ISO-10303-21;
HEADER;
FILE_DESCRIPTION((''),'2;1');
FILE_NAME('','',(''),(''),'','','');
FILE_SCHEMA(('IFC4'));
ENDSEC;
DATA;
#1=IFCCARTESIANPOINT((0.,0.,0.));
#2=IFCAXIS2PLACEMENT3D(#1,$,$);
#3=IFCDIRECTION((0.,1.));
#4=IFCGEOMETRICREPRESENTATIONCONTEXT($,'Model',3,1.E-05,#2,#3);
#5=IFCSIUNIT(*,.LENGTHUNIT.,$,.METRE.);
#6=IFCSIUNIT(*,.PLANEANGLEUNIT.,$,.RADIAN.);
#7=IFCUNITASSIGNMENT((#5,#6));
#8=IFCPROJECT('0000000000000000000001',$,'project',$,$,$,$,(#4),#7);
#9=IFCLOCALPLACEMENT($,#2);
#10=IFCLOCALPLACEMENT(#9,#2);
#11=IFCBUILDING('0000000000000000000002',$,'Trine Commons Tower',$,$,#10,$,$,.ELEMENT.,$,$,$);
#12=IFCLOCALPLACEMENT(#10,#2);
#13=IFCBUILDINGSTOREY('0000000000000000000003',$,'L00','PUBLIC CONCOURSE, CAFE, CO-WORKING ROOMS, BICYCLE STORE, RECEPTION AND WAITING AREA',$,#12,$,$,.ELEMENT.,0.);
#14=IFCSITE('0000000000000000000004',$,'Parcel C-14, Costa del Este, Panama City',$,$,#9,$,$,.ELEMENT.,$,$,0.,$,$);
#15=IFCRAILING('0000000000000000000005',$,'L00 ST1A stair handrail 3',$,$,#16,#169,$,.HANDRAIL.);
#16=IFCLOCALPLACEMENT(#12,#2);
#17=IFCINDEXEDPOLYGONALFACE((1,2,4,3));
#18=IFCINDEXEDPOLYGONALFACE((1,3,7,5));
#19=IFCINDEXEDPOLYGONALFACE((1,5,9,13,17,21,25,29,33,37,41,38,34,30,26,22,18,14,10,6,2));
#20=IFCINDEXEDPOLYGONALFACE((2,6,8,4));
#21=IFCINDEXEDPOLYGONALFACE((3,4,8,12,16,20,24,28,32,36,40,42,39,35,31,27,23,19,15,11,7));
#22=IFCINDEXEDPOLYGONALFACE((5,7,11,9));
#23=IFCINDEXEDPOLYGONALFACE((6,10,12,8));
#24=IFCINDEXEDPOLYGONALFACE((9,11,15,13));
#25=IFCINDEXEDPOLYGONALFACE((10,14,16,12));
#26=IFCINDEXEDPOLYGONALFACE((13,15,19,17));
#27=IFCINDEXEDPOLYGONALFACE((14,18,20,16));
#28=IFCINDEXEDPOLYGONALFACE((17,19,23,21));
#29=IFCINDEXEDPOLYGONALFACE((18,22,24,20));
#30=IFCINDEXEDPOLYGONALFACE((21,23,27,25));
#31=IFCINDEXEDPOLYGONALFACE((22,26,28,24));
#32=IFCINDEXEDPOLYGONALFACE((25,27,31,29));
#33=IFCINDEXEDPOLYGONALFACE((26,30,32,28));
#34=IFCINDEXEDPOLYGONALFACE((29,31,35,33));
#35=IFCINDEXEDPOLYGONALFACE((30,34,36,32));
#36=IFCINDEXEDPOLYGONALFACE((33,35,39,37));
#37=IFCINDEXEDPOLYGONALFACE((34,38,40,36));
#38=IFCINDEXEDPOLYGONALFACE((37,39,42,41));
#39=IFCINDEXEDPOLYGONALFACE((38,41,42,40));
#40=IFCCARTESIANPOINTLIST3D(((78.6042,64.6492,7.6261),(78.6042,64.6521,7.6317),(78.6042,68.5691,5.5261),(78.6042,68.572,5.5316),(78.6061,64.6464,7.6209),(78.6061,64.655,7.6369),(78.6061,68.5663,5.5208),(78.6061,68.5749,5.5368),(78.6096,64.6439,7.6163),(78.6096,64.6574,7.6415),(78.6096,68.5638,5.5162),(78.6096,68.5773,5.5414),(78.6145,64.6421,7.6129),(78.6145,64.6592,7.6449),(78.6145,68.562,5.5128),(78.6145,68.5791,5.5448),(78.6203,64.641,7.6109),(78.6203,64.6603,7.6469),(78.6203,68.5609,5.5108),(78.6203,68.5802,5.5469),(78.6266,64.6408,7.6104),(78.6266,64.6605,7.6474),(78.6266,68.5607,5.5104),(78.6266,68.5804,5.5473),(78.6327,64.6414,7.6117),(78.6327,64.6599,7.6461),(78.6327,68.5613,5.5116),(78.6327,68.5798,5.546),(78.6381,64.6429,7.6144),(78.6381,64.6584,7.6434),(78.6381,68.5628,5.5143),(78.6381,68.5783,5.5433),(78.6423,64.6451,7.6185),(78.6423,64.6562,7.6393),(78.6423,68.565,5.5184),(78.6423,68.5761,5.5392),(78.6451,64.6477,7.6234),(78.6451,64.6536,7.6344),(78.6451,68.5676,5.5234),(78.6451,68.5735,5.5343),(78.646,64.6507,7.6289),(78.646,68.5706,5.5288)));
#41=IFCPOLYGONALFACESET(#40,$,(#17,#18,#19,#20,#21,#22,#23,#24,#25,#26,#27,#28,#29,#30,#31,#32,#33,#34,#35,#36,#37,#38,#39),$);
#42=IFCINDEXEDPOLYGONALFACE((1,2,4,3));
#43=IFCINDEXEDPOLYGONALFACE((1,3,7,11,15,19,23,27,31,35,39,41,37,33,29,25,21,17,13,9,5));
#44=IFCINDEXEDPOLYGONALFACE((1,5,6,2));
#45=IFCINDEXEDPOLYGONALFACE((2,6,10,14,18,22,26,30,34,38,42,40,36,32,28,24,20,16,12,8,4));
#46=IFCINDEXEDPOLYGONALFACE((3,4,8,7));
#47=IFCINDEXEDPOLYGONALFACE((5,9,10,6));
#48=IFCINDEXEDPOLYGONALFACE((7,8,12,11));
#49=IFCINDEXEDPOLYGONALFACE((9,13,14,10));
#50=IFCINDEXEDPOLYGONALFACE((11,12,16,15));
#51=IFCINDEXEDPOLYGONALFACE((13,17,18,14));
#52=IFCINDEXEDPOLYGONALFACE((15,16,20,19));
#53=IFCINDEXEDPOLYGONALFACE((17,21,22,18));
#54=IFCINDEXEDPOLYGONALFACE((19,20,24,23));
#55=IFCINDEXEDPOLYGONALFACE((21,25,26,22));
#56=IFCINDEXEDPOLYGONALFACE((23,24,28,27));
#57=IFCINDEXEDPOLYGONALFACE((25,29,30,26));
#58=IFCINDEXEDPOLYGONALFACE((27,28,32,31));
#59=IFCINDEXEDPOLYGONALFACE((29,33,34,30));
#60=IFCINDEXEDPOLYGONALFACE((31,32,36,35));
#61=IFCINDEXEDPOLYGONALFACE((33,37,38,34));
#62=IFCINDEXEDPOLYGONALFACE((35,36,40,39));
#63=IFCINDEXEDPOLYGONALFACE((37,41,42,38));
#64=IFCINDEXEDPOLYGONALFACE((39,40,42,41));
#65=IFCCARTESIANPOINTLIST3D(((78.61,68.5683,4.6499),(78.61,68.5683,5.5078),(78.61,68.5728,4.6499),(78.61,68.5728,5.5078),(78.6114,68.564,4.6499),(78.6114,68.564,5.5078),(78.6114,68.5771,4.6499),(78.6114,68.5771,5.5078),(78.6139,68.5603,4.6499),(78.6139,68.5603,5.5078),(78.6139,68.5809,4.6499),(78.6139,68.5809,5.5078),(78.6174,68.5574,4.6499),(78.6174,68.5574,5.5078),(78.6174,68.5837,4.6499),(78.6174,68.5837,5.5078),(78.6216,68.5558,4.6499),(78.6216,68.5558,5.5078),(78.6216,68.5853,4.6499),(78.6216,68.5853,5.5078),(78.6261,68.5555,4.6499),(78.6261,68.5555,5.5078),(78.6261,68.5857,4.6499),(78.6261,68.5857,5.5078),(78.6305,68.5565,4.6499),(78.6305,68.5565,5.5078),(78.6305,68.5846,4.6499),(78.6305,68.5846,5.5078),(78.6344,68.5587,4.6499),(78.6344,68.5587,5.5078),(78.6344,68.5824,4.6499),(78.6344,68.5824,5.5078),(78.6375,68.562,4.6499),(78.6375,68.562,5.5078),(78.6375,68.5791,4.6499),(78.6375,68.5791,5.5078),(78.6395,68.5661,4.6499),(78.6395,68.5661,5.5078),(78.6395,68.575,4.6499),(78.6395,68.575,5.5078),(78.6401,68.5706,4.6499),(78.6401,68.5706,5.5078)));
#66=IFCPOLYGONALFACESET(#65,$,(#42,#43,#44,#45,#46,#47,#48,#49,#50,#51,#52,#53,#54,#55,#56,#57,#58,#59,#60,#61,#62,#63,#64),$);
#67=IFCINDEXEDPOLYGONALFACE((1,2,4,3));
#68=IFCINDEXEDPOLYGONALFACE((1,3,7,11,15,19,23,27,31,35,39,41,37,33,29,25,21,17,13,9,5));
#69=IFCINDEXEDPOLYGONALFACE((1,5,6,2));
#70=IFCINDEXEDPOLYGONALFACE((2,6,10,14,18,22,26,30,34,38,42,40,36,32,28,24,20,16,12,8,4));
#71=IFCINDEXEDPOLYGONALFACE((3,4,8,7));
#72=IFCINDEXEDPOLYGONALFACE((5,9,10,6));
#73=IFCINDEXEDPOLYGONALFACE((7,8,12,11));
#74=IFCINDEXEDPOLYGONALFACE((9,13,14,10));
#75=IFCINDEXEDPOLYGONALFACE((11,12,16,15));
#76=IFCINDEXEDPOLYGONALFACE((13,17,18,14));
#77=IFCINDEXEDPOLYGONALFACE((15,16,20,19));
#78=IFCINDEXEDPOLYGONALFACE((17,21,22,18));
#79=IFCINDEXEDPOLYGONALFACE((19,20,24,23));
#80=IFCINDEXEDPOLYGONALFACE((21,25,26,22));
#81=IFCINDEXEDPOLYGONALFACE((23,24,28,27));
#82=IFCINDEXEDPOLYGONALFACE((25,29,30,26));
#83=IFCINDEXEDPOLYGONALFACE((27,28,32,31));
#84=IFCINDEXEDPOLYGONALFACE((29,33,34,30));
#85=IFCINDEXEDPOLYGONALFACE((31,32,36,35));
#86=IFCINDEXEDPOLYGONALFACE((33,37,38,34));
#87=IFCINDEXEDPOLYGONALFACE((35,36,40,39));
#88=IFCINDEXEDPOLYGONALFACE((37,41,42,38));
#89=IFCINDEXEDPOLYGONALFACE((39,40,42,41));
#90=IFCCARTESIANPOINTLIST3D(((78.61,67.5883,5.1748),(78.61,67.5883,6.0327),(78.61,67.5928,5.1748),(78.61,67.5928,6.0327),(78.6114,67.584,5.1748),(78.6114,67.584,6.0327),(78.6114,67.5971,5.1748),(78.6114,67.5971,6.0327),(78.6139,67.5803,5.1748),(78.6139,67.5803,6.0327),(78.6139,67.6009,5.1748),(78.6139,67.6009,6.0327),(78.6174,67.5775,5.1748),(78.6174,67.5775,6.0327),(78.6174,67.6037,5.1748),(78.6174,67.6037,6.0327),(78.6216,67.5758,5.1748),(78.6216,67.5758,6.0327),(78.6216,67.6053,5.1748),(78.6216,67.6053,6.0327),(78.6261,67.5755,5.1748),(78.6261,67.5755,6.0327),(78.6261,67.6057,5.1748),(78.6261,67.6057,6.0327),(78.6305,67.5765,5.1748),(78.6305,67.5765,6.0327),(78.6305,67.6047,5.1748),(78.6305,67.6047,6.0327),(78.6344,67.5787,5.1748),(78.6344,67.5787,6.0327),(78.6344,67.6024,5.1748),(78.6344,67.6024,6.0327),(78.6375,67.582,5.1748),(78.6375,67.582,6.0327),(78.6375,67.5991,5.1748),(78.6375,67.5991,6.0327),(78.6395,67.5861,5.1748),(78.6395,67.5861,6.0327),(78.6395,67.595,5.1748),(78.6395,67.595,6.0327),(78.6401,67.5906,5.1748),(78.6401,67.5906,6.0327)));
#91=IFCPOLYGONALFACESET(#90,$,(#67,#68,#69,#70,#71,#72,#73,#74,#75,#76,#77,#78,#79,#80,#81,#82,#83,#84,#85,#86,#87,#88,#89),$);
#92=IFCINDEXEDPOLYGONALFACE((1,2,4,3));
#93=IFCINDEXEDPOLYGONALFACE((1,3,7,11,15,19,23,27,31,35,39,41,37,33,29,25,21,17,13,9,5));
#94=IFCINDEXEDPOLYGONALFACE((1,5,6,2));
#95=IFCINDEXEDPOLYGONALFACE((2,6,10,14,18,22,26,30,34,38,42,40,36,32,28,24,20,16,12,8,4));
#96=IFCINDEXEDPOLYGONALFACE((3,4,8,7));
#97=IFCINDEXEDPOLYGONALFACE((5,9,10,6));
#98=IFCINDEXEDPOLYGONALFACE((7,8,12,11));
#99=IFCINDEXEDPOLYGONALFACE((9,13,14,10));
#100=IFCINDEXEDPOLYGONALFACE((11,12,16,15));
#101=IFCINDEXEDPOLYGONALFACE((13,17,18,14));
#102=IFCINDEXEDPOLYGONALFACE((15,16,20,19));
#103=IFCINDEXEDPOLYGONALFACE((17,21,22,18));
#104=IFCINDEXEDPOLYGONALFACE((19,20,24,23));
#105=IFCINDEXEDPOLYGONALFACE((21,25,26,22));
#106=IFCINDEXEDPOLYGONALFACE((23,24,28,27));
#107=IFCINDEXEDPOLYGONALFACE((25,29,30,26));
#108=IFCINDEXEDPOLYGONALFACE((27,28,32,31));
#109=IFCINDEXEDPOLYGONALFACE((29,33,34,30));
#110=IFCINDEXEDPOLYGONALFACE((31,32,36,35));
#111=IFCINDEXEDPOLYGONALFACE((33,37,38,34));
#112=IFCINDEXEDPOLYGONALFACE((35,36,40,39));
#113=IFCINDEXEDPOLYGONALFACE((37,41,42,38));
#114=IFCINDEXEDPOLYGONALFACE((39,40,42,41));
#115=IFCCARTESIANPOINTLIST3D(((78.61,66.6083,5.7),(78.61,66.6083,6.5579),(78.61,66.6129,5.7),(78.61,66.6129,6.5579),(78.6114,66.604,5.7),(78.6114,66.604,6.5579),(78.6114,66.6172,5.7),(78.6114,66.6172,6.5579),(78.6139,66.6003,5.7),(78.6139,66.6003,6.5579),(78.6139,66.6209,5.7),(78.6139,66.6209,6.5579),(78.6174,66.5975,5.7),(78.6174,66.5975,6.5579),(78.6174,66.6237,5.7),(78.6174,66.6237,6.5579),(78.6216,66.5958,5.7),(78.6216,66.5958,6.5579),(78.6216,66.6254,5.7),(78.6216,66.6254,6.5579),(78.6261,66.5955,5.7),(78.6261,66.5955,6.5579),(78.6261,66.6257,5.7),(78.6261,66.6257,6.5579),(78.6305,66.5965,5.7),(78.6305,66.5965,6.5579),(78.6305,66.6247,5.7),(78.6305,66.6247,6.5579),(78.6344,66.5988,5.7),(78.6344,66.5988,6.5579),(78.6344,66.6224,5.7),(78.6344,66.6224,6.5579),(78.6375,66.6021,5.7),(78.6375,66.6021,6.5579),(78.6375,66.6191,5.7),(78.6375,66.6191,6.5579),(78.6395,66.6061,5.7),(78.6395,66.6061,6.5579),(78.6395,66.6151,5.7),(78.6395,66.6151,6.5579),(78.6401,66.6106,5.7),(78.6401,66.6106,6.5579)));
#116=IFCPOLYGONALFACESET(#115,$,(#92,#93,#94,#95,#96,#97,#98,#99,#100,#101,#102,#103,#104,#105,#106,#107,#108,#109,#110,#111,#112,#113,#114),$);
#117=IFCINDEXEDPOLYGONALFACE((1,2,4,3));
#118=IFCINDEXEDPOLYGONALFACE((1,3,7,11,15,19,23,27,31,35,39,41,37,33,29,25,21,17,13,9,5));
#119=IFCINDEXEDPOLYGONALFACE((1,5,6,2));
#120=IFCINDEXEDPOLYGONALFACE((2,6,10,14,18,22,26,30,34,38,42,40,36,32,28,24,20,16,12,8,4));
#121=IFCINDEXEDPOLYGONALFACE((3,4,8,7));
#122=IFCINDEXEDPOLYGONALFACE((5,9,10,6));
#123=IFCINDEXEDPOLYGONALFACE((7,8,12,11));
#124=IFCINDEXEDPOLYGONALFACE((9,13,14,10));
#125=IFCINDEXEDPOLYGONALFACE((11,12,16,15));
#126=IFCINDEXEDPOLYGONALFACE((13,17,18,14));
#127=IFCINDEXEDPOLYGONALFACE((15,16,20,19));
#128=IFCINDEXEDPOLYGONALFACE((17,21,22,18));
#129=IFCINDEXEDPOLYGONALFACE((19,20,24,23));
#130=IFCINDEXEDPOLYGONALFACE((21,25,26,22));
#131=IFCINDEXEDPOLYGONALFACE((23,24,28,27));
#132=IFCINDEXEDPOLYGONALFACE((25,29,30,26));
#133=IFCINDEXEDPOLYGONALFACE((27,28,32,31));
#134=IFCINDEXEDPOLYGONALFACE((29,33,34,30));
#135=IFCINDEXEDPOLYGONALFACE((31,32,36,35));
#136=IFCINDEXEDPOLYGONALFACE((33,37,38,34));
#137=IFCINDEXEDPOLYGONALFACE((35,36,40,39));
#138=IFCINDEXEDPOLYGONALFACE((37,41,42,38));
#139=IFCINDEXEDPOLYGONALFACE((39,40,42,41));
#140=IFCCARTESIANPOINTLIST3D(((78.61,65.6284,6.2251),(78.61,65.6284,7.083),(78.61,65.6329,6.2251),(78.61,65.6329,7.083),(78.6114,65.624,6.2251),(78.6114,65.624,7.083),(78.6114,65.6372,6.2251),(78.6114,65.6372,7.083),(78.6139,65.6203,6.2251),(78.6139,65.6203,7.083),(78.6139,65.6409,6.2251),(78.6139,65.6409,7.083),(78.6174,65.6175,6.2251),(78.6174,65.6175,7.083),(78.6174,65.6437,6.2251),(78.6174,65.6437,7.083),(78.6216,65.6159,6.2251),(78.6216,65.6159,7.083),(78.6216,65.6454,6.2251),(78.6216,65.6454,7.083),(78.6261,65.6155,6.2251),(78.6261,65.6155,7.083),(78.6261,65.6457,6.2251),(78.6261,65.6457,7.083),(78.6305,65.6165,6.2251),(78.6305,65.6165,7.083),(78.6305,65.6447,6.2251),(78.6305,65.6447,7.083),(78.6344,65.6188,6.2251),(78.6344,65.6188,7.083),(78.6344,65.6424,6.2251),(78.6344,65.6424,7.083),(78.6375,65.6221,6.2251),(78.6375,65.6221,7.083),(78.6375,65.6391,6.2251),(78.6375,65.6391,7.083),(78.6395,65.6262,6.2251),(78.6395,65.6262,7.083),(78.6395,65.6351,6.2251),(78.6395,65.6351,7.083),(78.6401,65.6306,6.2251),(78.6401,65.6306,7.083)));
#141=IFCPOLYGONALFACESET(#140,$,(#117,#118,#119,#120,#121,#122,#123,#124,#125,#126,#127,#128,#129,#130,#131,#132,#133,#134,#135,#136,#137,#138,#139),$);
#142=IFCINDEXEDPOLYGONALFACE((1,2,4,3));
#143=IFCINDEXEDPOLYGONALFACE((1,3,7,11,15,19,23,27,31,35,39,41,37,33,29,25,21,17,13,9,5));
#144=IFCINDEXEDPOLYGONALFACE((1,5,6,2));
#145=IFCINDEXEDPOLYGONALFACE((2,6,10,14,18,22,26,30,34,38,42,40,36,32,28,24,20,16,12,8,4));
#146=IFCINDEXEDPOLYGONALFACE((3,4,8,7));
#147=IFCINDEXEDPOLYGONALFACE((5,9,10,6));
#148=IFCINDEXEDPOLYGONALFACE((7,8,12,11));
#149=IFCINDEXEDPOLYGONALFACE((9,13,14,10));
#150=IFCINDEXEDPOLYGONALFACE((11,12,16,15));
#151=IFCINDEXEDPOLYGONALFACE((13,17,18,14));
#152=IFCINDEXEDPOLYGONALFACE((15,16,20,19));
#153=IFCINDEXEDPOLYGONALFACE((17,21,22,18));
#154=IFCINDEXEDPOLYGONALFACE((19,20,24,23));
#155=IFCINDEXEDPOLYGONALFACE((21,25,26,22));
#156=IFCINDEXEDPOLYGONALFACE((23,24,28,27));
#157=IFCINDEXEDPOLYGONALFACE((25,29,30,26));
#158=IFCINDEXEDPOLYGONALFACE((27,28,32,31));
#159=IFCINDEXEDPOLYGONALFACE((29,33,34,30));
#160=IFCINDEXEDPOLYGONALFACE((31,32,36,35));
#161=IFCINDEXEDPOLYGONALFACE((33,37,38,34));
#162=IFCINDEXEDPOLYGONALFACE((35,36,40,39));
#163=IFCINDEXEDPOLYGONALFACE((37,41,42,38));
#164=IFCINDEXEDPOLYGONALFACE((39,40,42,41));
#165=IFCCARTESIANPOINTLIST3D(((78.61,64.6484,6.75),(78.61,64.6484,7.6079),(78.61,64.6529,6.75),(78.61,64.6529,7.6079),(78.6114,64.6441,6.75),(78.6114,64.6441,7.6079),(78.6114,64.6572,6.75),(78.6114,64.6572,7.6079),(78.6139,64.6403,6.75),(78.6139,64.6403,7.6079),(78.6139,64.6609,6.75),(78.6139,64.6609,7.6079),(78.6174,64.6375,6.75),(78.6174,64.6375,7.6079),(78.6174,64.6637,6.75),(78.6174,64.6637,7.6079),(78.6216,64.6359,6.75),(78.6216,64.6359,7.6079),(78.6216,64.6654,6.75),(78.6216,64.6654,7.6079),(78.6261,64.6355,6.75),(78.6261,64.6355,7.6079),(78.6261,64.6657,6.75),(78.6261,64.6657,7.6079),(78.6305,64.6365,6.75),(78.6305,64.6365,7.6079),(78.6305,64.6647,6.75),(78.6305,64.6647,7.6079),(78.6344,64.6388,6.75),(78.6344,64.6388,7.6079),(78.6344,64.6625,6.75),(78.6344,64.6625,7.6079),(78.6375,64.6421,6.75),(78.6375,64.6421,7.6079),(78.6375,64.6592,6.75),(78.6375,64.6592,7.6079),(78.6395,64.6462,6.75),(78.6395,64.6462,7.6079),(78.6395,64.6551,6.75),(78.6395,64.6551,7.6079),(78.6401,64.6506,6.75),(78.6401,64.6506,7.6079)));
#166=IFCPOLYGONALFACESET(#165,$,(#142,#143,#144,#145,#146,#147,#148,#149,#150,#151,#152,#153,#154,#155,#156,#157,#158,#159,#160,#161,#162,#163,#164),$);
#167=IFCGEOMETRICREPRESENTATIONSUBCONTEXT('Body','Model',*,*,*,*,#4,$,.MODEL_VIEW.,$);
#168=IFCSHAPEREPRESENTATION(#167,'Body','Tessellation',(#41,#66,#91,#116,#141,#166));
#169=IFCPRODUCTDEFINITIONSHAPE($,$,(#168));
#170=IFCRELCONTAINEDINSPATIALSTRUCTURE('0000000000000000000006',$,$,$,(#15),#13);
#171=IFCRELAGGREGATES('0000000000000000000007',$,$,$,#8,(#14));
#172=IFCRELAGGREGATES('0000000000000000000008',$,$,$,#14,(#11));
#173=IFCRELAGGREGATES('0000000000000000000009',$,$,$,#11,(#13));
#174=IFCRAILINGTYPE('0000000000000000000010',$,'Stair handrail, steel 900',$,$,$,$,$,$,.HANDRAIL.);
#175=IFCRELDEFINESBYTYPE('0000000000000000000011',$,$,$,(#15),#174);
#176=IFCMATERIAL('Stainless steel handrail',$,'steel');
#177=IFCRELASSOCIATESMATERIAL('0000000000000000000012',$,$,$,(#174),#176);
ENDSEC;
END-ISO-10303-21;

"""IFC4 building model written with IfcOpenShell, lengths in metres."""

from ifc_helpers import new_model, si_unit, direction, frame, origin, origin_2d, place, context, subcontext, project, spatial, circle, extrude, material, type_object, element, save


model = new_model("IFC4")

# Units and contexts
model_context = context("Model", 3, precision=1e-05, world=origin(), true_north=direction((0.0, 1.0)))
body_context = subcontext(model_context, "Body", "Model", "MODEL_VIEW")
ifc_project = project(units=[si_unit("LENGTHUNIT", "METRE"), si_unit("PLANEANGLEUNIT", "RADIAN")], contexts=[model_context])

# Site, building, storey
site_placement = place(None, origin())
site = spatial("IfcSite", under=ifc_project, at=site_placement, Name="Parcel C-14, Costa del Este, Panama City", CompositionType="ELEMENT", RefElevation=0.0)
building_placement = place(site_placement, origin())
building = spatial("IfcBuilding", under=site, at=building_placement, Name="Trine Commons Tower", CompositionType="ELEMENT")
storey_placement = place(building_placement, origin())
storey = spatial("IfcBuildingStorey", under=building, at=storey_placement, Name="L00", Description="PUBLIC CONCOURSE, CAFE, CO-WORKING ROOMS, BICYCLE STORE, RECEPTION AND WAITING AREA", CompositionType="ELEMENT", Elevation=0.0)

# Railing
ifc_material_1 = material(Name="Stainless steel handrail", Category="steel")
railing_type_1 = type_object("IfcRailingType", Name="Stair handrail, steel 900", PredefinedType="HANDRAIL", material=ifc_material_1)
railing_1_placement = place(storey_placement, frame((78.625, 68.5706, 4.6499)))
element("IfcRailing", 1, at=railing_1_placement, inside=storey, type_object=railing_type_1, Name="L00 ST1A stair handrail 3", PredefinedType="HANDRAIL", context=body_context, shape_type="SweptSolid", body=[
    extrude(circle(Radius=0.021, at=origin_2d()), frame((0.0, 0.0, 0.8789), z_axis=(0.0, -0.881467, 0.472246), x_axis=(1.0, 0.0, 0.0)), (0.0, 0.0, 1.0), 4.447),
    extrude(circle(Radius=0.0151, at=origin_2d()), origin(), (0.0, 0.0, 1.0), 0.8579),
    extrude(circle(Radius=0.0151, at=origin_2d()), frame((0.0, -0.98, 0.5249)), (0.0, 0.0, 1.0), 0.8579),
    extrude(circle(Radius=0.0151, at=origin_2d()), frame((0.0, -1.96, 1.05)), (0.0, 0.0, 1.0), 0.8579),
    extrude(circle(Radius=0.0151, at=origin_2d()), frame((0.0, -2.9399, 1.5752)), (0.0, 0.0, 1.0), 0.8579),
    extrude(circle(Radius=0.0151, at=origin_2d()), frame((0.0, -3.9199, 2.1001)), (0.0, 0.0, 1.0), 0.8579),
])

save(model, "model.ifc")
